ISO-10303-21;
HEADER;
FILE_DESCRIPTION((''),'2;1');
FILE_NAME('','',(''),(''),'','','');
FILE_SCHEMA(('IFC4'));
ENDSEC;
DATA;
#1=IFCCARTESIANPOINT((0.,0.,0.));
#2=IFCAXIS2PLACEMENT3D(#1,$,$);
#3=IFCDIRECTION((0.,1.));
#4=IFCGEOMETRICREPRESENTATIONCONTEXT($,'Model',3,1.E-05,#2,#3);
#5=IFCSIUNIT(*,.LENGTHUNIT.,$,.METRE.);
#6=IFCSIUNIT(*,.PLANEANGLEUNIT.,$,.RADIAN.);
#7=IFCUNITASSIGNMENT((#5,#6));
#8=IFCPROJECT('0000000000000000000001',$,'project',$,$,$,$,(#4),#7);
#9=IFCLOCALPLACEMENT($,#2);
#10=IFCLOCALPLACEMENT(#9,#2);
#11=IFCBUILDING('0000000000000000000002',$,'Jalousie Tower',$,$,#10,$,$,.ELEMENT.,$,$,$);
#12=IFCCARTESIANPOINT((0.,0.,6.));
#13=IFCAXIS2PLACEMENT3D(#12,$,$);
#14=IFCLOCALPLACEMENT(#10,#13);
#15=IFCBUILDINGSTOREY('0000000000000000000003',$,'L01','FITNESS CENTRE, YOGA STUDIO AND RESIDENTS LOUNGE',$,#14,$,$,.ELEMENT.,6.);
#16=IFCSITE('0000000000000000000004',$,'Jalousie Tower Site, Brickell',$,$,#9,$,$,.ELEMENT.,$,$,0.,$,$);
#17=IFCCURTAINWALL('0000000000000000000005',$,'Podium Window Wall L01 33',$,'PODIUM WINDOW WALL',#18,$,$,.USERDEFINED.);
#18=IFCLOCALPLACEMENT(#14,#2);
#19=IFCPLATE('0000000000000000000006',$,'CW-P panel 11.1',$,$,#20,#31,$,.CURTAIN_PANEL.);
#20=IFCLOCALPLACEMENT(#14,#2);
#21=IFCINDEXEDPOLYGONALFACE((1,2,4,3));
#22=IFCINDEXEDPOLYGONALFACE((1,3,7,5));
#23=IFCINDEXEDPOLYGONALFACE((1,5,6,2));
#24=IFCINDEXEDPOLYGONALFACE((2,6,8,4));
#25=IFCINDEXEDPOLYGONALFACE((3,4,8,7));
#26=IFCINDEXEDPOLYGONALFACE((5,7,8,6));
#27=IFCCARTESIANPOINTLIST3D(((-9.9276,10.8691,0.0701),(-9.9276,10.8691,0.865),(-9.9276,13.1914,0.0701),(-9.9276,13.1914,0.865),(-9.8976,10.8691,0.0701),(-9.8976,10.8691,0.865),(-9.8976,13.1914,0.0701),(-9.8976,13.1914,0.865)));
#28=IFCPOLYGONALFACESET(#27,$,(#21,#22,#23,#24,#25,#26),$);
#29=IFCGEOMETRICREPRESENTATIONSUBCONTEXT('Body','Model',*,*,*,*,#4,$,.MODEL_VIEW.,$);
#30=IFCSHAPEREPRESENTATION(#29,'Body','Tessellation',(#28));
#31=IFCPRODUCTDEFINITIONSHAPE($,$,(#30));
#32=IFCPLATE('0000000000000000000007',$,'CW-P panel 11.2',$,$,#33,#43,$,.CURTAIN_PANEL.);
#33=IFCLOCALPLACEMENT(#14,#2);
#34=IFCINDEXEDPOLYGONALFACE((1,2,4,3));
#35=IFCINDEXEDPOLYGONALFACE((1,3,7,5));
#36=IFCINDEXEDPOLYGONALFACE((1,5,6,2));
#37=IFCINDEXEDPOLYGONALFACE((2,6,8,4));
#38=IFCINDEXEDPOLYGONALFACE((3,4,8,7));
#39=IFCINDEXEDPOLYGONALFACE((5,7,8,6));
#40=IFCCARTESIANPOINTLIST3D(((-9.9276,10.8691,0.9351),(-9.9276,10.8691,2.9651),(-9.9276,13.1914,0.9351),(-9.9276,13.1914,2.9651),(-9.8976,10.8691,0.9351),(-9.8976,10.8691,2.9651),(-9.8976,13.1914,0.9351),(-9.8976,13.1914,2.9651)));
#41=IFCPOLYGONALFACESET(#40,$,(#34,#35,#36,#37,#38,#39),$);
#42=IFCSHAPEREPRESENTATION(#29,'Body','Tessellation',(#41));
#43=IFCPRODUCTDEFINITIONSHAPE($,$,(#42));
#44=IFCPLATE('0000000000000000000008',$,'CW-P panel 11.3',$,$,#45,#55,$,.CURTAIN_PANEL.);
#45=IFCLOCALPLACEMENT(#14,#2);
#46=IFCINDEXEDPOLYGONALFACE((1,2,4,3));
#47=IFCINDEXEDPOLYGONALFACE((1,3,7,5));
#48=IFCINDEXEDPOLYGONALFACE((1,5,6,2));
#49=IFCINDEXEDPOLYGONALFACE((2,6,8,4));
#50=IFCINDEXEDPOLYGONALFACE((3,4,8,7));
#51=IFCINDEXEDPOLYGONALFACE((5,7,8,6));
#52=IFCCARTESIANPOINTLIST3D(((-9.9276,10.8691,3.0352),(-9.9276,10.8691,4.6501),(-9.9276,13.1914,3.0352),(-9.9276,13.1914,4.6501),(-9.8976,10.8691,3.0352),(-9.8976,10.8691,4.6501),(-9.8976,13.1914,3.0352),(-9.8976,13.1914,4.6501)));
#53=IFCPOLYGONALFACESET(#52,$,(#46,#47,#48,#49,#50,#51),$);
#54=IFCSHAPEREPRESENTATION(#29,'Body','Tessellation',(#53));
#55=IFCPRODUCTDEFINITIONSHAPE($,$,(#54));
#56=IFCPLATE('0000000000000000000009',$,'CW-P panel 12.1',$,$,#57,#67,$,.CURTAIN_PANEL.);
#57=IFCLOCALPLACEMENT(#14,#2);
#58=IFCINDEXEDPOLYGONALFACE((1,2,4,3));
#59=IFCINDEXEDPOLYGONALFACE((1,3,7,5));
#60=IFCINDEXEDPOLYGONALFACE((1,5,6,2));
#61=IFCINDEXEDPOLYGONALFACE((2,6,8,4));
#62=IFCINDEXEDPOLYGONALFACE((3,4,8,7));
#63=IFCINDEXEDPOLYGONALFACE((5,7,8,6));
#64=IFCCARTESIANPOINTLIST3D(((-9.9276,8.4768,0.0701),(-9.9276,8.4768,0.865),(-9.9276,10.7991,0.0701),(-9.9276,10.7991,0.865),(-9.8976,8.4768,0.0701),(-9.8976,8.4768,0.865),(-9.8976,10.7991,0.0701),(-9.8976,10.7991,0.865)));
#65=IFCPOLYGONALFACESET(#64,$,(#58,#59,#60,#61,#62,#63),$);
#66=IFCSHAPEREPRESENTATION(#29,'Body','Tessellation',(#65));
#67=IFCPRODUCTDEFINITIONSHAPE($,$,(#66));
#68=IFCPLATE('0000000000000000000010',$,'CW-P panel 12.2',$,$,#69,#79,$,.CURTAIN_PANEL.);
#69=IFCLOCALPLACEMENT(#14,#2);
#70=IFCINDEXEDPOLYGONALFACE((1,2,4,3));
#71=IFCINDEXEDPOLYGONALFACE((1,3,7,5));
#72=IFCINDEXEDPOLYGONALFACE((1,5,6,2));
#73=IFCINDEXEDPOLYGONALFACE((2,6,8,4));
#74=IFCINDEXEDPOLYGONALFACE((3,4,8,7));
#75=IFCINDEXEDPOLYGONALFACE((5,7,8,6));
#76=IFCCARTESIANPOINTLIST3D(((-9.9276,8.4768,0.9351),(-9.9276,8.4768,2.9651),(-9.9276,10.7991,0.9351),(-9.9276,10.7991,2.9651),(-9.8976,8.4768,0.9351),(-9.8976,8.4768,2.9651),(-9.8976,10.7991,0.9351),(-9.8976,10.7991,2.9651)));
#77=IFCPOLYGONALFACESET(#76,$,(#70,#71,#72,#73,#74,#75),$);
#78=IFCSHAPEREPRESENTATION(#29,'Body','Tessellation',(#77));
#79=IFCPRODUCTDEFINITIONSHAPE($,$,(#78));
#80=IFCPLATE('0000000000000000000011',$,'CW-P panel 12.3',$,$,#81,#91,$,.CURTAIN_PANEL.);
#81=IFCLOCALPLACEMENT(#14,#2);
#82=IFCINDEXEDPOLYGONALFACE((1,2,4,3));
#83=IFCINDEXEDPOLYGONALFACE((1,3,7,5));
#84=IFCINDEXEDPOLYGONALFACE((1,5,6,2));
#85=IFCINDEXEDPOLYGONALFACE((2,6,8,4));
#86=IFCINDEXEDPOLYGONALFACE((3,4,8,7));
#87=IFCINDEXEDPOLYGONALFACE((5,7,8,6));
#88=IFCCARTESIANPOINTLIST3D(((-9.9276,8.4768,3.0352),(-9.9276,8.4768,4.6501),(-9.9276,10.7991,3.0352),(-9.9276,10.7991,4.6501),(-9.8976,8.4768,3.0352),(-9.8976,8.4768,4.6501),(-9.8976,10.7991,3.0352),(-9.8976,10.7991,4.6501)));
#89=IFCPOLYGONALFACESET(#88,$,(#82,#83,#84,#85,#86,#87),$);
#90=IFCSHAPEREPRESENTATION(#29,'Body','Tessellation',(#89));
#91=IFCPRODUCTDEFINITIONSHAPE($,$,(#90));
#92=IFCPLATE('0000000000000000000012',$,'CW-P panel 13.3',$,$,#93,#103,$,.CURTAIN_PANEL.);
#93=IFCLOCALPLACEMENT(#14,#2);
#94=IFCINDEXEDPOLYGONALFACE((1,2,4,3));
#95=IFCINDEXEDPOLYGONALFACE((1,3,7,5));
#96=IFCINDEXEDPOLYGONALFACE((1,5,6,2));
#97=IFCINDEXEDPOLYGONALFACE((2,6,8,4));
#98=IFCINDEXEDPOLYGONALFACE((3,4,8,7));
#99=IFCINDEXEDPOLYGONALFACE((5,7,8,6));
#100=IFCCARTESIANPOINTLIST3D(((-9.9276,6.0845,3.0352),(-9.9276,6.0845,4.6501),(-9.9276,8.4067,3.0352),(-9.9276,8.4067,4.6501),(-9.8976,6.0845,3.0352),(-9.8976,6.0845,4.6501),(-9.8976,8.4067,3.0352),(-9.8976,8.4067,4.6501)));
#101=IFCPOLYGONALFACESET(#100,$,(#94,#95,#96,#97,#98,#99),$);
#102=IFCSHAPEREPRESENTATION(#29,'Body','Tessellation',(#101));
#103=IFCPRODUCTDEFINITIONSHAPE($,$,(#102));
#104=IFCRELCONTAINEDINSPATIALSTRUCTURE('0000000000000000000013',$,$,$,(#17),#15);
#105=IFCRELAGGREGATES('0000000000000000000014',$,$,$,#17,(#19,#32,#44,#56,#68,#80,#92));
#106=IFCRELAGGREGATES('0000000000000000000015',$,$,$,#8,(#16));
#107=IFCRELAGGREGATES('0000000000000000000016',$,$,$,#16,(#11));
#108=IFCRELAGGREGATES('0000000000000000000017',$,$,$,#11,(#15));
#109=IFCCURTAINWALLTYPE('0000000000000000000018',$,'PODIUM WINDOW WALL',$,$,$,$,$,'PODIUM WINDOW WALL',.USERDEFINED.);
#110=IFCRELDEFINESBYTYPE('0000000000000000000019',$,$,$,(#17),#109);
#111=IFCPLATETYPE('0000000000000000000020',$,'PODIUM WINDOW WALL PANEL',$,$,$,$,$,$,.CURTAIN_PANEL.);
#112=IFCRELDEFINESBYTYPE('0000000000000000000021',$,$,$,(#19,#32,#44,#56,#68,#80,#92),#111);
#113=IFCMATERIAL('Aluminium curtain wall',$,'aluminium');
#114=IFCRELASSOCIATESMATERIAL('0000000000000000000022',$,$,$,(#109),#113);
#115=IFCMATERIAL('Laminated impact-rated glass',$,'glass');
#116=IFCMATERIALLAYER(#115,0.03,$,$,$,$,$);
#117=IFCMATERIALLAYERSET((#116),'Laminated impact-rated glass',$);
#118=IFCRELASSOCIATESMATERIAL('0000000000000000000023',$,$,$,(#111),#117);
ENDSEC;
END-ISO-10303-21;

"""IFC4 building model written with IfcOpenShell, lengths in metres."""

from ifc_helpers import new_model, si_unit, direction, frame, origin, origin_2d, place, context, subcontext, project, spatial, rectangle, extrude, material, layer, layer_set, type_object, element, aggregate, save


model = new_model("IFC4")

# Units and contexts
model_context = context("Model", 3, precision=1e-05, world=origin(), true_north=direction((0.0, 1.0)))
body_context = subcontext(model_context, "Body", "Model", "MODEL_VIEW")
ifc_project = project(units=[si_unit("LENGTHUNIT", "METRE"), si_unit("PLANEANGLEUNIT", "RADIAN")], contexts=[model_context])

# Site, building, storey
site_placement = place(None, origin())
site = spatial("IfcSite", under=ifc_project, at=site_placement, Name="Jalousie Tower Site, Brickell", CompositionType="ELEMENT", RefElevation=0.0)
building_placement = place(site_placement, origin())
building = spatial("IfcBuilding", under=site, at=building_placement, Name="Jalousie Tower", CompositionType="ELEMENT")
storey_placement = place(building_placement, frame((0.0, 0.0, 6.0)))
storey = spatial("IfcBuildingStorey", under=building, at=storey_placement, Name="L01", Description="FITNESS CENTRE, YOGA STUDIO AND RESIDENTS LOUNGE", CompositionType="ELEMENT", Elevation=6.0)

# Curtain wall
ifc_material_1 = material(Name="Aluminium curtain wall", Category="aluminium")
curtain_wall_type = type_object("IfcCurtainWallType", Name="PODIUM WINDOW WALL", ElementType="PODIUM WINDOW WALL", PredefinedType="USERDEFINED", material=ifc_material_1)
curtain_wall_placement = place(storey_placement, origin())
curtain_wall = element("IfcCurtainWall", 1, at=curtain_wall_placement, inside=storey, type_object=curtain_wall_type, Name="Podium Window Wall L01 33", ObjectType="PODIUM WINDOW WALL", PredefinedType="USERDEFINED")

# Plates
ifc_material_2 = material(Name="Laminated impact-rated glass", Category="glass")
ifc_layer = layer(ifc_material_2, 0.03)
ifc_layer_set = layer_set([ifc_layer], Name="Laminated impact-rated glass")
plate_type = type_object("IfcPlateType", Name="PODIUM WINDOW WALL PANEL", PredefinedType="CURTAIN_PANEL", material=ifc_layer_set)
plate_1_placement = place(storey_placement, frame((-9.9126, 12.0303, 0.0701), z_axis=(0.0, 0.0, 1.0), x_axis=(0.0, -1.0, 0.0)))
plate_1 = element("IfcPlate", 2, at=plate_1_placement, type_object=plate_type, Name="CW-P panel 11.1", PredefinedType="CURTAIN_PANEL", context=body_context, shape_type="SweptSolid", body=[
    extrude(rectangle(XDim=2.3223, YDim=0.03, at=origin_2d()), origin(), (0.0, 0.0, 1.0), 0.7949),
])
plate_2_placement = place(storey_placement, frame((-9.9126, 12.0303, 0.9351), z_axis=(0.0, 0.0, 1.0), x_axis=(0.0, -1.0, 0.0)))
plate_2 = element("IfcPlate", 3, at=plate_2_placement, type_object=plate_type, Name="CW-P panel 11.2", PredefinedType="CURTAIN_PANEL", context=body_context, shape_type="SweptSolid", body=[
    extrude(rectangle(XDim=2.3223, YDim=0.03, at=origin_2d()), origin(), (0.0, 0.0, 1.0), 2.03),
])
plate_3_placement = place(storey_placement, frame((-9.9126, 12.0303, 3.0352), z_axis=(0.0, 0.0, 1.0), x_axis=(0.0, -1.0, 0.0)))
plate_3 = element("IfcPlate", 4, at=plate_3_placement, type_object=plate_type, Name="CW-P panel 11.3", PredefinedType="CURTAIN_PANEL", context=body_context, shape_type="SweptSolid", body=[
    extrude(rectangle(XDim=2.3223, YDim=0.03, at=origin_2d()), origin(), (0.0, 0.0, 1.0), 1.615),
])
plate_4_placement = place(storey_placement, frame((-9.9126, 9.6379, 0.0701), z_axis=(0.0, 0.0, 1.0), x_axis=(0.0, -1.0, 0.0)))
plate_4 = element("IfcPlate", 5, at=plate_4_placement, type_object=plate_type, Name="CW-P panel 12.1", PredefinedType="CURTAIN_PANEL", context=body_context, shape_type="SweptSolid", body=[
    extrude(rectangle(XDim=2.3223, YDim=0.03, at=origin_2d()), origin(), (0.0, 0.0, 1.0), 0.7949),
])
plate_5_placement = place(storey_placement, frame((-9.9126, 9.6379, 0.9351), z_axis=(0.0, 0.0, 1.0), x_axis=(0.0, -1.0, 0.0)))
plate_5 = element("IfcPlate", 6, at=plate_5_placement, type_object=plate_type, Name="CW-P panel 12.2", PredefinedType="CURTAIN_PANEL", context=body_context, shape_type="SweptSolid", body=[
    extrude(rectangle(XDim=2.3223, YDim=0.03, at=origin_2d()), origin(), (0.0, 0.0, 1.0), 2.03),
])
plate_6_placement = place(storey_placement, frame((-9.9126, 9.6379, 3.0352), z_axis=(0.0, 0.0, 1.0), x_axis=(0.0, -1.0, 0.0)))
plate_6 = element("IfcPlate", 7, at=plate_6_placement, type_object=plate_type, Name="CW-P panel 12.3", PredefinedType="CURTAIN_PANEL", context=body_context, shape_type="SweptSolid", body=[
    extrude(rectangle(XDim=2.3223, YDim=0.03, at=origin_2d()), origin(), (0.0, 0.0, 1.0), 1.615),
])
plate_7_placement = place(storey_placement, frame((-9.9126, 7.2456, 3.0352), z_axis=(0.0, 0.0, 1.0), x_axis=(0.0, -1.0, 0.0)))
plate_7 = element("IfcPlate", 8, at=plate_7_placement, type_object=plate_type, Name="CW-P panel 13.3", PredefinedType="CURTAIN_PANEL", context=body_context, shape_type="SweptSolid", body=[
    extrude(rectangle(XDim=2.3223, YDim=0.03, at=origin_2d()), origin(), (0.0, 0.0, 1.0), 1.615),
])
aggregate(curtain_wall, [plate_1, plate_2, plate_3, plate_4, plate_5, plate_6, plate_7])

save(model, "model.ifc")
